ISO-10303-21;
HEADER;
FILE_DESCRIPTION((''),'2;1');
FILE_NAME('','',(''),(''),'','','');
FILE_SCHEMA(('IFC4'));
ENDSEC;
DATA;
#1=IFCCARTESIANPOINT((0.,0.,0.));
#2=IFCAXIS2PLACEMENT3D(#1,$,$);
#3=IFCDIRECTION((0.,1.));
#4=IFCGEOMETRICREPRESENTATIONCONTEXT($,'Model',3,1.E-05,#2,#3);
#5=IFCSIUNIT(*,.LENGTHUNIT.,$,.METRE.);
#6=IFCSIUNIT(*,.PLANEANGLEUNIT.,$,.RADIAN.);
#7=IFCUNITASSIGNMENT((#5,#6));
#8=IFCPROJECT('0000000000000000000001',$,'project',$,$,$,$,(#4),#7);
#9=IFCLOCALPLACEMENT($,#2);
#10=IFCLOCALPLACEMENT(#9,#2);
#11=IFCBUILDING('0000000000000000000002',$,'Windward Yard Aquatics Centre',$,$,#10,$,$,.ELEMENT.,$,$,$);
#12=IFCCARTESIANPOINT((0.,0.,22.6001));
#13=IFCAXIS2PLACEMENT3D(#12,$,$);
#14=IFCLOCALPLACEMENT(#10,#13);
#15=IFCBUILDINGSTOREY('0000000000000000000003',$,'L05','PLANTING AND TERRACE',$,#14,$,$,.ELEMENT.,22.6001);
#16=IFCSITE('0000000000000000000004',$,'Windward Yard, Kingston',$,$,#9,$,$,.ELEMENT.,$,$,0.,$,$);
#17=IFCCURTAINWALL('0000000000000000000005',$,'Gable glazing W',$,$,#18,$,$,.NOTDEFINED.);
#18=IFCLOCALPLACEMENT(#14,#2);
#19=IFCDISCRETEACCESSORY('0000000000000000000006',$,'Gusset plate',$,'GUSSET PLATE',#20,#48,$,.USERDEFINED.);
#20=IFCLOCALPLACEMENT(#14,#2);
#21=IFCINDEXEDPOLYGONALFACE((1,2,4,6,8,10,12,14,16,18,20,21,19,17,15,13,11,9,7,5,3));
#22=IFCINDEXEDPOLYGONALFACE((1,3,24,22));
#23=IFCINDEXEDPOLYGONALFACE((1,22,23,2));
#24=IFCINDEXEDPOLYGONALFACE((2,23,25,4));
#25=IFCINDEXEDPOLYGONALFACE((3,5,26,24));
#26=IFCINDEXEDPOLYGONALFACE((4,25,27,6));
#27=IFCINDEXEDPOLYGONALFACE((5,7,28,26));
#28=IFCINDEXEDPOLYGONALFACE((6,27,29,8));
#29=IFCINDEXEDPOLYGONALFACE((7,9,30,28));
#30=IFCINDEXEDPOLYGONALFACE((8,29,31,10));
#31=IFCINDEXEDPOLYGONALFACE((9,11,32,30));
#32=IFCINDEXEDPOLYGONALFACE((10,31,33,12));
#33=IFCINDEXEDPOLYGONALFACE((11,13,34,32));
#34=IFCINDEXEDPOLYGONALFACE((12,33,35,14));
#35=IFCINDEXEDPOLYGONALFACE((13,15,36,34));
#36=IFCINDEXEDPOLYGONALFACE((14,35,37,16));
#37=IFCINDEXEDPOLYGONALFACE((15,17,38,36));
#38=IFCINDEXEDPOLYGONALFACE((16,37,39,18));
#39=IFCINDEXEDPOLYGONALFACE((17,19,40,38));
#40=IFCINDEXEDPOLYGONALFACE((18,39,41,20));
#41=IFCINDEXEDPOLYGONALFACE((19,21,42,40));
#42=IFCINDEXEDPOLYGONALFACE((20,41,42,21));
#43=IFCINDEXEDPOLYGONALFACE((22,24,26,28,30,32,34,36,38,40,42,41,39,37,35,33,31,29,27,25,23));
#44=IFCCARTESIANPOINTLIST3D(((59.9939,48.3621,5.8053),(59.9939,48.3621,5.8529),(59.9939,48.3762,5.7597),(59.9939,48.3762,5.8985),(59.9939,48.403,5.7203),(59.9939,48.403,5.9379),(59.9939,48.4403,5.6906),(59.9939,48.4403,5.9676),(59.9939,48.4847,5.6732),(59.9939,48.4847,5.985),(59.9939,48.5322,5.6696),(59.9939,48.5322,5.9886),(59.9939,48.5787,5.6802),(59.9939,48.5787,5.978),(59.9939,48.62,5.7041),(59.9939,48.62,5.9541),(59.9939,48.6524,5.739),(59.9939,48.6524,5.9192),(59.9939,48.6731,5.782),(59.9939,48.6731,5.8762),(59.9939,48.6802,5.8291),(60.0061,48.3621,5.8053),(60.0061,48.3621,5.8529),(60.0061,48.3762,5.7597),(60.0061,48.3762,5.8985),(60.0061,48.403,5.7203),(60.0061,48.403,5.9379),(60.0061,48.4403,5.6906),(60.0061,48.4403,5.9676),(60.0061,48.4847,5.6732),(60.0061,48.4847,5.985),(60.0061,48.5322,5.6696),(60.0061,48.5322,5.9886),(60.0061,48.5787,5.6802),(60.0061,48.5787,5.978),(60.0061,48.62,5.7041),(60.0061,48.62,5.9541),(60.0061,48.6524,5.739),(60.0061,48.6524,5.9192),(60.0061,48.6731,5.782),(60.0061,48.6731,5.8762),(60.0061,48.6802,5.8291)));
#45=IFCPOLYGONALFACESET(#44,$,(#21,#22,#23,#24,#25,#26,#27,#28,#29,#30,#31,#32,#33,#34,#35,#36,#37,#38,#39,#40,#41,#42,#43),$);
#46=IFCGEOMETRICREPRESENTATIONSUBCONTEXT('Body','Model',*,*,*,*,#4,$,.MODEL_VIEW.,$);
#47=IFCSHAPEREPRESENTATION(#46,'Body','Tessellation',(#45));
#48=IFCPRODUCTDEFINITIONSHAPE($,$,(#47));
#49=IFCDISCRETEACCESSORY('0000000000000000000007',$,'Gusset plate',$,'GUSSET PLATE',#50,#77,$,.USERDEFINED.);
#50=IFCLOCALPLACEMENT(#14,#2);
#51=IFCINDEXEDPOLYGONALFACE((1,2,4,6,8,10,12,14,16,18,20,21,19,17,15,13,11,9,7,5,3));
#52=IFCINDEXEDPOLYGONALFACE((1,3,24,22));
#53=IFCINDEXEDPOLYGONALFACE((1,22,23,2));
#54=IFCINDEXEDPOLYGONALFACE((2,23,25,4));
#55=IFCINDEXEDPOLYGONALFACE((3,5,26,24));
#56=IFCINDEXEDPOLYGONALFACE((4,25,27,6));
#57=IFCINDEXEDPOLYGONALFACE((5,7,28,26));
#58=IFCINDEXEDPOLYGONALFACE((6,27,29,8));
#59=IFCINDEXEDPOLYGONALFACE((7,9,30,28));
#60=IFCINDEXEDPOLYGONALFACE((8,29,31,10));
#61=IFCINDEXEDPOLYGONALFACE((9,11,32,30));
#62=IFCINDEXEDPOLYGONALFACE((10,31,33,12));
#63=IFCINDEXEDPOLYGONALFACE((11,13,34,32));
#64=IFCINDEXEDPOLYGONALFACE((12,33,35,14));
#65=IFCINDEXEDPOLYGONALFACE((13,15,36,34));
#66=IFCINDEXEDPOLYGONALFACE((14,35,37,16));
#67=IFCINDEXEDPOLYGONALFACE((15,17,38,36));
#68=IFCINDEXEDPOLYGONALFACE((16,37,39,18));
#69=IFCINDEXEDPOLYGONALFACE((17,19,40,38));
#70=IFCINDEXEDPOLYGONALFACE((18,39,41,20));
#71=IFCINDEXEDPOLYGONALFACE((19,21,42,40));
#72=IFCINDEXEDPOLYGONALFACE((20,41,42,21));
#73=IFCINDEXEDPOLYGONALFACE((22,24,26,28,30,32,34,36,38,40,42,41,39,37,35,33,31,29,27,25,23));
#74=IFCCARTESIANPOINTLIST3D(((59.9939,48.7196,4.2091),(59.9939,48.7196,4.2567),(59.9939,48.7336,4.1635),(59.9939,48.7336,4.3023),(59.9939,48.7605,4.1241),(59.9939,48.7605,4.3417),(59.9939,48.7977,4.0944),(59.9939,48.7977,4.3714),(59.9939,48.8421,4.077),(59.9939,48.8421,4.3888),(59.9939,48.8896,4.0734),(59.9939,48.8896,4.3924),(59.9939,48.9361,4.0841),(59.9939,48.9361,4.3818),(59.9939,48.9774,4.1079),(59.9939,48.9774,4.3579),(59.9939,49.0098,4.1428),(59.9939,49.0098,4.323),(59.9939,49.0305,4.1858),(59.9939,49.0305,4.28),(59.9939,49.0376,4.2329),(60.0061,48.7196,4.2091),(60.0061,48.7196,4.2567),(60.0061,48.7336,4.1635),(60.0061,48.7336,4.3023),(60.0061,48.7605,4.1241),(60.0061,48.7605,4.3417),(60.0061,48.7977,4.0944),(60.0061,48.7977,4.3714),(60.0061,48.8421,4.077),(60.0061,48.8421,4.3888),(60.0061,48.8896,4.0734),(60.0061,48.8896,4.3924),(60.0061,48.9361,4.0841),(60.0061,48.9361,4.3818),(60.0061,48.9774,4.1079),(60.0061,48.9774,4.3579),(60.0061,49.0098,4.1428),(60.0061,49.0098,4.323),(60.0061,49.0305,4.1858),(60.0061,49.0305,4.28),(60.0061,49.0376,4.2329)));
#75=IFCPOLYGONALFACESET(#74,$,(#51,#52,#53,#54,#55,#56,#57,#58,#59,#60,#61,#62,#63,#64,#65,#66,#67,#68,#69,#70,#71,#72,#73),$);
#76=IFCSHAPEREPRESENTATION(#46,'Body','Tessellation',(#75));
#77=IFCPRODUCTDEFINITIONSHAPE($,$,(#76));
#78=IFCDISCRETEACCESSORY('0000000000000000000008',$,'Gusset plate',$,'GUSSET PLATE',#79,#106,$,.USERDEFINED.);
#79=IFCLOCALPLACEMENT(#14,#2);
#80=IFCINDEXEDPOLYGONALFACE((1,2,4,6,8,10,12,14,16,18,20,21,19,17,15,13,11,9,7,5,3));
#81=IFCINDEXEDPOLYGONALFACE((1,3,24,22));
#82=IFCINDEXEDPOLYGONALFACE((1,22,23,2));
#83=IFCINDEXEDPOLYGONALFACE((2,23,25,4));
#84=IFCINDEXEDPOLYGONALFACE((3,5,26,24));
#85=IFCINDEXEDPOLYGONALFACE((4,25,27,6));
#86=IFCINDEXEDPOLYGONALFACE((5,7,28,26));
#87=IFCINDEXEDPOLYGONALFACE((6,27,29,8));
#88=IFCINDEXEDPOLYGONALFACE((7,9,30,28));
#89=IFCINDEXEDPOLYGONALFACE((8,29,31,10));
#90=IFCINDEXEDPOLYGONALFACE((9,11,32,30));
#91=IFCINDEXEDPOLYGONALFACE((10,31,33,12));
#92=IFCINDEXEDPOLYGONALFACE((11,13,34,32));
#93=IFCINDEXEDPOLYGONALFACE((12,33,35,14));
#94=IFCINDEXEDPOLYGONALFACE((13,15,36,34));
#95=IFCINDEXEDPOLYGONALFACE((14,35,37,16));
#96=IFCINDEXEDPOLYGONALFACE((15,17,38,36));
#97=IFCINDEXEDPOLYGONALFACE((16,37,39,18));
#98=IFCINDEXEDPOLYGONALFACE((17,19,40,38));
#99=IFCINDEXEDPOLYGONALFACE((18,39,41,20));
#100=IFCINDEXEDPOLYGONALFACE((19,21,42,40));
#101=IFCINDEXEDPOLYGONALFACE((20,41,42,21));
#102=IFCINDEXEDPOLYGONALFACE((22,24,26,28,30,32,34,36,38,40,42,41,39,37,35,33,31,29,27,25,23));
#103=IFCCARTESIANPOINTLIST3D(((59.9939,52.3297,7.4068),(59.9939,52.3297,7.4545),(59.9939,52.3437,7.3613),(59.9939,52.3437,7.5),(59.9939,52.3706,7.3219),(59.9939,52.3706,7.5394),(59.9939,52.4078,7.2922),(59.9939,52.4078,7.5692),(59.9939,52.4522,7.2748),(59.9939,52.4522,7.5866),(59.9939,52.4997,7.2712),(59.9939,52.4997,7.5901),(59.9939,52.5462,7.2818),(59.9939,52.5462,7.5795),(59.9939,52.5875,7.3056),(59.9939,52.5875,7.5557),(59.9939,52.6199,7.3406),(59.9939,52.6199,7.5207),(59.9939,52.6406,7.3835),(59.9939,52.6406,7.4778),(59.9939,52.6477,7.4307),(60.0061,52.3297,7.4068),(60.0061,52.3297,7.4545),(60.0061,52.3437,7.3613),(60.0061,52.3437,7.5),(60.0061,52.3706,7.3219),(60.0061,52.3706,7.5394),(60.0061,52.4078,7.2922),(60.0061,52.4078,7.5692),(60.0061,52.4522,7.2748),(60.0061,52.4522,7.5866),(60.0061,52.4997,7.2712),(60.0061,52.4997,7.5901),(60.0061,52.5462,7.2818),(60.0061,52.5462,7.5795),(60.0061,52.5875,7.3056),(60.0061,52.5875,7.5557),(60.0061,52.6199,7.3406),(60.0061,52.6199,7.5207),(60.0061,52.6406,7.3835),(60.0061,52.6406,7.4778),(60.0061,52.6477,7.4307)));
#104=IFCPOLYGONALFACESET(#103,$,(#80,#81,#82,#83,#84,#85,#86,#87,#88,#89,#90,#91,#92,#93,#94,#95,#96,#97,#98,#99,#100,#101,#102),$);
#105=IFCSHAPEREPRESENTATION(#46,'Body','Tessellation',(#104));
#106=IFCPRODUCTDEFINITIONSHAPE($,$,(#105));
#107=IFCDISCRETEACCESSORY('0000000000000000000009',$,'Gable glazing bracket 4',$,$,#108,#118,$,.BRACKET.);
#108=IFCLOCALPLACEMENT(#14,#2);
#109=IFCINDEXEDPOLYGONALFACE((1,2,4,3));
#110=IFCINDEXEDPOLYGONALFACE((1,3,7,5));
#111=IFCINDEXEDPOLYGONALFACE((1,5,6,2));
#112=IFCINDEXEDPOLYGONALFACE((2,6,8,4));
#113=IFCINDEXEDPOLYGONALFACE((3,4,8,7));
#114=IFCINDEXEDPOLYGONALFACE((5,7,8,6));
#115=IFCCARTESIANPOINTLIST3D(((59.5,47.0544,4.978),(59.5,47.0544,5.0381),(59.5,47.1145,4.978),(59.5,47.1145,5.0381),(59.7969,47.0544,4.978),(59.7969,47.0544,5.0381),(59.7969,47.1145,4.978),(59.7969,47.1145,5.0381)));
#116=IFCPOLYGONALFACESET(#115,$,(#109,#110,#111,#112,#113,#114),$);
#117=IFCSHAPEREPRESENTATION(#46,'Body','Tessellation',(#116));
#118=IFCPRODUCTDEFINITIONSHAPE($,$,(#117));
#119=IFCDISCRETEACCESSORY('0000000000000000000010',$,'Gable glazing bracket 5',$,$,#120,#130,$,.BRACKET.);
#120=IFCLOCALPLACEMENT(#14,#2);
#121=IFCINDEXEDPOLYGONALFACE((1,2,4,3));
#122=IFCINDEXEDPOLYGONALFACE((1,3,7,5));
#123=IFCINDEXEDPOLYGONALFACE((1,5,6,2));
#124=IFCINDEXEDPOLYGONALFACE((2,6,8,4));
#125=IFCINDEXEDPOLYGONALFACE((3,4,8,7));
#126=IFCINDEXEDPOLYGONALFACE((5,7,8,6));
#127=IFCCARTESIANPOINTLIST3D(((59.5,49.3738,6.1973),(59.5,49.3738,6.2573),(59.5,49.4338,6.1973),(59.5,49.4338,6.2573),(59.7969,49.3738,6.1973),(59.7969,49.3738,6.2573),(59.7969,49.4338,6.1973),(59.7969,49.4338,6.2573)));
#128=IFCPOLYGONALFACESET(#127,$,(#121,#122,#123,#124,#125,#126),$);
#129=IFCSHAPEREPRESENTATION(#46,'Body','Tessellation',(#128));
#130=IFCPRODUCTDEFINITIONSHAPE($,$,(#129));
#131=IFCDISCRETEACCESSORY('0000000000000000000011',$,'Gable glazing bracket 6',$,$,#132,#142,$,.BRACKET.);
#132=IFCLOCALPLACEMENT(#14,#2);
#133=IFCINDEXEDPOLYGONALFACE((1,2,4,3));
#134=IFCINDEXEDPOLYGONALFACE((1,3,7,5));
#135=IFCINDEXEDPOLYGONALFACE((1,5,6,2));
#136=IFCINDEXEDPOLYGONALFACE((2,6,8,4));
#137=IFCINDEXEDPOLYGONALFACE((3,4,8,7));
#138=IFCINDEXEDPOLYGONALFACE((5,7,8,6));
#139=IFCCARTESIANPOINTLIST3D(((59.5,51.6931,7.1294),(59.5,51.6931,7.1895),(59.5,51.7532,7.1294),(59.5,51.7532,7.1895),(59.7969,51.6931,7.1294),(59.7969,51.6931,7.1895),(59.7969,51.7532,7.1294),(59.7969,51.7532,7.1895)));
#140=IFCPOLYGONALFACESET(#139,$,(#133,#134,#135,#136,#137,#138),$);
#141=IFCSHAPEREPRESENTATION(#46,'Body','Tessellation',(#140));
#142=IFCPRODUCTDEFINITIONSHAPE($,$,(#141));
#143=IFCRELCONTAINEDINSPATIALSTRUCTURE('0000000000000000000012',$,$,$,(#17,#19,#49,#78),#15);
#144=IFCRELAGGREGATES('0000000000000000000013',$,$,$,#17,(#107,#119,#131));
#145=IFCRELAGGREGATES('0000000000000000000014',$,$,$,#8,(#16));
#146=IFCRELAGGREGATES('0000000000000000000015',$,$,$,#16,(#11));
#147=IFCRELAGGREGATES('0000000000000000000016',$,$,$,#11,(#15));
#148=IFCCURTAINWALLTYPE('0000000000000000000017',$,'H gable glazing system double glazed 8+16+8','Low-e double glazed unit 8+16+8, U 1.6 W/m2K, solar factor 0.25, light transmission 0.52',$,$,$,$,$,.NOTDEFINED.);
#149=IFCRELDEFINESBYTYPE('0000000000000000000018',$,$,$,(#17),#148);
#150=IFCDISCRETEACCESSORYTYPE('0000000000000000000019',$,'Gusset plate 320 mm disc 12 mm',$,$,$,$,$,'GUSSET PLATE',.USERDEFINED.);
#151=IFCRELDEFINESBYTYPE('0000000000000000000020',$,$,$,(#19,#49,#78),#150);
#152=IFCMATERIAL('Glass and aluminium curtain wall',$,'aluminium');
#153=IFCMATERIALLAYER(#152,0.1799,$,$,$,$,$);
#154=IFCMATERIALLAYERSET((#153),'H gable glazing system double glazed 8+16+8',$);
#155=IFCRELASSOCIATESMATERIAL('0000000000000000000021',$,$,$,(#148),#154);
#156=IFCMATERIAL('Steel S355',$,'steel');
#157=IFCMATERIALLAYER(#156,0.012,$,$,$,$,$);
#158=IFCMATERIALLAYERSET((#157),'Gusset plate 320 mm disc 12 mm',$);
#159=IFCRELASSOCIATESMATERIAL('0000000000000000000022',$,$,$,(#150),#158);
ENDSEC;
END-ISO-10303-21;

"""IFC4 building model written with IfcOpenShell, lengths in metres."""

from ifc_helpers import new_model, si_unit, direction, frame, origin, origin_2d, place, context, subcontext, project, spatial, rectangle, circle, extrude, material, layer, layer_set, type_object, element, aggregate, save


model = new_model("IFC4")

# Units and contexts
model_context = context("Model", 3, precision=1e-05, world=origin(), true_north=direction((0.0, 1.0)))
body_context = subcontext(model_context, "Body", "Model", "MODEL_VIEW")
ifc_project = project(units=[si_unit("LENGTHUNIT", "METRE"), si_unit("PLANEANGLEUNIT", "RADIAN")], contexts=[model_context])

# Site, building, storey
site_placement = place(None, origin())
site = spatial("IfcSite", under=ifc_project, at=site_placement, Name="Windward Yard, Kingston", CompositionType="ELEMENT", RefElevation=0.0)
building_placement = place(site_placement, origin())
building = spatial("IfcBuilding", under=site, at=building_placement, Name="Windward Yard Aquatics Centre", CompositionType="ELEMENT")
storey_placement = place(building_placement, frame((0.0, 0.0, 22.6001)))
storey = spatial("IfcBuildingStorey", under=building, at=storey_placement, Name="L05", Description="PLANTING AND TERRACE", CompositionType="ELEMENT", Elevation=22.6001)

# Curtain wall
ifc_material_1 = material(Name="Glass and aluminium curtain wall", Category="aluminium")
ifc_layer_1 = layer(ifc_material_1, 0.1799)
ifc_layer_set_1 = layer_set([ifc_layer_1], Name="H gable glazing system double glazed 8+16+8")
curtain_wall_type = type_object("IfcCurtainWallType", Name="H gable glazing system double glazed 8+16+8", Description="Low-e double glazed unit 8+16+8, U 1.6 W/m2K, solar factor 0.25, light transmission 0.52", PredefinedType="NOTDEFINED", material=ifc_layer_set_1)
curtain_wall_placement = place(storey_placement, origin())
curtain_wall = element("IfcCurtainWall", 1, at=curtain_wall_placement, inside=storey, type_object=curtain_wall_type, Name="Gable glazing W", PredefinedType="NOTDEFINED")

# Discrete accessories
ifc_material_2 = material(Name="Steel S355", Category="steel")
ifc_layer_2 = layer(ifc_material_2, 0.012)
ifc_layer_set_2 = layer_set([ifc_layer_2], Name="Gusset plate 320 mm disc 12 mm")
discrete_accessory_type = type_object("IfcDiscreteAccessoryType", Name="Gusset plate 320 mm disc 12 mm", ElementType="GUSSET PLATE", PredefinedType="USERDEFINED", material=ifc_layer_set_2)
for number, where, z_axis, x_axis, name in (
    (2, (59.9939, 48.5203, 5.8291), (1.0, 0.0, 0.0), (0.0, 1.0, 0.0), "Gusset plate"),
    (3, (59.9939, 48.8777, 4.2329), (1.0, 0.0, 0.0), (0.0, 1.0, 0.0), "Gusset plate"),
    (4, (59.9939, 52.4878, 7.4307), (1.0, 0.0, 0.0), (0.0, 1.0, 0.0), "Gusset plate"),
):
    element("IfcDiscreteAccessory", number, at=place(storey_placement, frame(where, z_axis=z_axis, x_axis=x_axis)), inside=storey, type_object=discrete_accessory_type, Name=name, ObjectType="GUSSET PLATE", PredefinedType="USERDEFINED", context=body_context, shape_type="SweptSolid", body=[
        extrude(circle(Radius=0.1599, at=origin_2d()), origin(), (0.0, 0.0, 1.0), 0.0122),
    ])

# Discrete accessories
discrete_accessory_1_placement = place(storey_placement, frame((59.5, 47.0845, 5.0081), z_axis=(1.0, 0.0, 0.0), x_axis=(0.0, 1.0, 0.0)))
discrete_accessory_1 = element("IfcDiscreteAccessory", 5, at=discrete_accessory_1_placement, Name="Gable glazing bracket 4", PredefinedType="BRACKET", context=body_context, shape_type="SweptSolid", body=[
    extrude(rectangle(XDim=0.0601, YDim=0.0601, at=origin_2d()), origin(), (0.0, 0.0, 1.0), 0.2969),
])
discrete_accessory_2_placement = place(storey_placement, frame((59.5, 49.4038, 6.2273), z_axis=(1.0, 0.0, 0.0), x_axis=(0.0, 1.0, 0.0)))
discrete_accessory_2 = element("IfcDiscreteAccessory", 6, at=discrete_accessory_2_placement, Name="Gable glazing bracket 5", PredefinedType="BRACKET", context=body_context, shape_type="SweptSolid", body=[
    extrude(rectangle(XDim=0.0601, YDim=0.0601, at=origin_2d()), origin(), (0.0, 0.0, 1.0), 0.2969),
])
discrete_accessory_3_placement = place(storey_placement, frame((59.5, 51.7231, 7.1594), z_axis=(1.0, 0.0, 0.0), x_axis=(0.0, 1.0, 0.0)))
discrete_accessory_3 = element("IfcDiscreteAccessory", 7, at=discrete_accessory_3_placement, Name="Gable glazing bracket 6", PredefinedType="BRACKET", context=body_context, shape_type="SweptSolid", body=[
    extrude(rectangle(XDim=0.0601, YDim=0.0601, at=origin_2d()), origin(), (0.0, 0.0, 1.0), 0.2969),
])
aggregate(curtain_wall, [discrete_accessory_1, discrete_accessory_2, discrete_accessory_3])

save(model, "model.ifc")
